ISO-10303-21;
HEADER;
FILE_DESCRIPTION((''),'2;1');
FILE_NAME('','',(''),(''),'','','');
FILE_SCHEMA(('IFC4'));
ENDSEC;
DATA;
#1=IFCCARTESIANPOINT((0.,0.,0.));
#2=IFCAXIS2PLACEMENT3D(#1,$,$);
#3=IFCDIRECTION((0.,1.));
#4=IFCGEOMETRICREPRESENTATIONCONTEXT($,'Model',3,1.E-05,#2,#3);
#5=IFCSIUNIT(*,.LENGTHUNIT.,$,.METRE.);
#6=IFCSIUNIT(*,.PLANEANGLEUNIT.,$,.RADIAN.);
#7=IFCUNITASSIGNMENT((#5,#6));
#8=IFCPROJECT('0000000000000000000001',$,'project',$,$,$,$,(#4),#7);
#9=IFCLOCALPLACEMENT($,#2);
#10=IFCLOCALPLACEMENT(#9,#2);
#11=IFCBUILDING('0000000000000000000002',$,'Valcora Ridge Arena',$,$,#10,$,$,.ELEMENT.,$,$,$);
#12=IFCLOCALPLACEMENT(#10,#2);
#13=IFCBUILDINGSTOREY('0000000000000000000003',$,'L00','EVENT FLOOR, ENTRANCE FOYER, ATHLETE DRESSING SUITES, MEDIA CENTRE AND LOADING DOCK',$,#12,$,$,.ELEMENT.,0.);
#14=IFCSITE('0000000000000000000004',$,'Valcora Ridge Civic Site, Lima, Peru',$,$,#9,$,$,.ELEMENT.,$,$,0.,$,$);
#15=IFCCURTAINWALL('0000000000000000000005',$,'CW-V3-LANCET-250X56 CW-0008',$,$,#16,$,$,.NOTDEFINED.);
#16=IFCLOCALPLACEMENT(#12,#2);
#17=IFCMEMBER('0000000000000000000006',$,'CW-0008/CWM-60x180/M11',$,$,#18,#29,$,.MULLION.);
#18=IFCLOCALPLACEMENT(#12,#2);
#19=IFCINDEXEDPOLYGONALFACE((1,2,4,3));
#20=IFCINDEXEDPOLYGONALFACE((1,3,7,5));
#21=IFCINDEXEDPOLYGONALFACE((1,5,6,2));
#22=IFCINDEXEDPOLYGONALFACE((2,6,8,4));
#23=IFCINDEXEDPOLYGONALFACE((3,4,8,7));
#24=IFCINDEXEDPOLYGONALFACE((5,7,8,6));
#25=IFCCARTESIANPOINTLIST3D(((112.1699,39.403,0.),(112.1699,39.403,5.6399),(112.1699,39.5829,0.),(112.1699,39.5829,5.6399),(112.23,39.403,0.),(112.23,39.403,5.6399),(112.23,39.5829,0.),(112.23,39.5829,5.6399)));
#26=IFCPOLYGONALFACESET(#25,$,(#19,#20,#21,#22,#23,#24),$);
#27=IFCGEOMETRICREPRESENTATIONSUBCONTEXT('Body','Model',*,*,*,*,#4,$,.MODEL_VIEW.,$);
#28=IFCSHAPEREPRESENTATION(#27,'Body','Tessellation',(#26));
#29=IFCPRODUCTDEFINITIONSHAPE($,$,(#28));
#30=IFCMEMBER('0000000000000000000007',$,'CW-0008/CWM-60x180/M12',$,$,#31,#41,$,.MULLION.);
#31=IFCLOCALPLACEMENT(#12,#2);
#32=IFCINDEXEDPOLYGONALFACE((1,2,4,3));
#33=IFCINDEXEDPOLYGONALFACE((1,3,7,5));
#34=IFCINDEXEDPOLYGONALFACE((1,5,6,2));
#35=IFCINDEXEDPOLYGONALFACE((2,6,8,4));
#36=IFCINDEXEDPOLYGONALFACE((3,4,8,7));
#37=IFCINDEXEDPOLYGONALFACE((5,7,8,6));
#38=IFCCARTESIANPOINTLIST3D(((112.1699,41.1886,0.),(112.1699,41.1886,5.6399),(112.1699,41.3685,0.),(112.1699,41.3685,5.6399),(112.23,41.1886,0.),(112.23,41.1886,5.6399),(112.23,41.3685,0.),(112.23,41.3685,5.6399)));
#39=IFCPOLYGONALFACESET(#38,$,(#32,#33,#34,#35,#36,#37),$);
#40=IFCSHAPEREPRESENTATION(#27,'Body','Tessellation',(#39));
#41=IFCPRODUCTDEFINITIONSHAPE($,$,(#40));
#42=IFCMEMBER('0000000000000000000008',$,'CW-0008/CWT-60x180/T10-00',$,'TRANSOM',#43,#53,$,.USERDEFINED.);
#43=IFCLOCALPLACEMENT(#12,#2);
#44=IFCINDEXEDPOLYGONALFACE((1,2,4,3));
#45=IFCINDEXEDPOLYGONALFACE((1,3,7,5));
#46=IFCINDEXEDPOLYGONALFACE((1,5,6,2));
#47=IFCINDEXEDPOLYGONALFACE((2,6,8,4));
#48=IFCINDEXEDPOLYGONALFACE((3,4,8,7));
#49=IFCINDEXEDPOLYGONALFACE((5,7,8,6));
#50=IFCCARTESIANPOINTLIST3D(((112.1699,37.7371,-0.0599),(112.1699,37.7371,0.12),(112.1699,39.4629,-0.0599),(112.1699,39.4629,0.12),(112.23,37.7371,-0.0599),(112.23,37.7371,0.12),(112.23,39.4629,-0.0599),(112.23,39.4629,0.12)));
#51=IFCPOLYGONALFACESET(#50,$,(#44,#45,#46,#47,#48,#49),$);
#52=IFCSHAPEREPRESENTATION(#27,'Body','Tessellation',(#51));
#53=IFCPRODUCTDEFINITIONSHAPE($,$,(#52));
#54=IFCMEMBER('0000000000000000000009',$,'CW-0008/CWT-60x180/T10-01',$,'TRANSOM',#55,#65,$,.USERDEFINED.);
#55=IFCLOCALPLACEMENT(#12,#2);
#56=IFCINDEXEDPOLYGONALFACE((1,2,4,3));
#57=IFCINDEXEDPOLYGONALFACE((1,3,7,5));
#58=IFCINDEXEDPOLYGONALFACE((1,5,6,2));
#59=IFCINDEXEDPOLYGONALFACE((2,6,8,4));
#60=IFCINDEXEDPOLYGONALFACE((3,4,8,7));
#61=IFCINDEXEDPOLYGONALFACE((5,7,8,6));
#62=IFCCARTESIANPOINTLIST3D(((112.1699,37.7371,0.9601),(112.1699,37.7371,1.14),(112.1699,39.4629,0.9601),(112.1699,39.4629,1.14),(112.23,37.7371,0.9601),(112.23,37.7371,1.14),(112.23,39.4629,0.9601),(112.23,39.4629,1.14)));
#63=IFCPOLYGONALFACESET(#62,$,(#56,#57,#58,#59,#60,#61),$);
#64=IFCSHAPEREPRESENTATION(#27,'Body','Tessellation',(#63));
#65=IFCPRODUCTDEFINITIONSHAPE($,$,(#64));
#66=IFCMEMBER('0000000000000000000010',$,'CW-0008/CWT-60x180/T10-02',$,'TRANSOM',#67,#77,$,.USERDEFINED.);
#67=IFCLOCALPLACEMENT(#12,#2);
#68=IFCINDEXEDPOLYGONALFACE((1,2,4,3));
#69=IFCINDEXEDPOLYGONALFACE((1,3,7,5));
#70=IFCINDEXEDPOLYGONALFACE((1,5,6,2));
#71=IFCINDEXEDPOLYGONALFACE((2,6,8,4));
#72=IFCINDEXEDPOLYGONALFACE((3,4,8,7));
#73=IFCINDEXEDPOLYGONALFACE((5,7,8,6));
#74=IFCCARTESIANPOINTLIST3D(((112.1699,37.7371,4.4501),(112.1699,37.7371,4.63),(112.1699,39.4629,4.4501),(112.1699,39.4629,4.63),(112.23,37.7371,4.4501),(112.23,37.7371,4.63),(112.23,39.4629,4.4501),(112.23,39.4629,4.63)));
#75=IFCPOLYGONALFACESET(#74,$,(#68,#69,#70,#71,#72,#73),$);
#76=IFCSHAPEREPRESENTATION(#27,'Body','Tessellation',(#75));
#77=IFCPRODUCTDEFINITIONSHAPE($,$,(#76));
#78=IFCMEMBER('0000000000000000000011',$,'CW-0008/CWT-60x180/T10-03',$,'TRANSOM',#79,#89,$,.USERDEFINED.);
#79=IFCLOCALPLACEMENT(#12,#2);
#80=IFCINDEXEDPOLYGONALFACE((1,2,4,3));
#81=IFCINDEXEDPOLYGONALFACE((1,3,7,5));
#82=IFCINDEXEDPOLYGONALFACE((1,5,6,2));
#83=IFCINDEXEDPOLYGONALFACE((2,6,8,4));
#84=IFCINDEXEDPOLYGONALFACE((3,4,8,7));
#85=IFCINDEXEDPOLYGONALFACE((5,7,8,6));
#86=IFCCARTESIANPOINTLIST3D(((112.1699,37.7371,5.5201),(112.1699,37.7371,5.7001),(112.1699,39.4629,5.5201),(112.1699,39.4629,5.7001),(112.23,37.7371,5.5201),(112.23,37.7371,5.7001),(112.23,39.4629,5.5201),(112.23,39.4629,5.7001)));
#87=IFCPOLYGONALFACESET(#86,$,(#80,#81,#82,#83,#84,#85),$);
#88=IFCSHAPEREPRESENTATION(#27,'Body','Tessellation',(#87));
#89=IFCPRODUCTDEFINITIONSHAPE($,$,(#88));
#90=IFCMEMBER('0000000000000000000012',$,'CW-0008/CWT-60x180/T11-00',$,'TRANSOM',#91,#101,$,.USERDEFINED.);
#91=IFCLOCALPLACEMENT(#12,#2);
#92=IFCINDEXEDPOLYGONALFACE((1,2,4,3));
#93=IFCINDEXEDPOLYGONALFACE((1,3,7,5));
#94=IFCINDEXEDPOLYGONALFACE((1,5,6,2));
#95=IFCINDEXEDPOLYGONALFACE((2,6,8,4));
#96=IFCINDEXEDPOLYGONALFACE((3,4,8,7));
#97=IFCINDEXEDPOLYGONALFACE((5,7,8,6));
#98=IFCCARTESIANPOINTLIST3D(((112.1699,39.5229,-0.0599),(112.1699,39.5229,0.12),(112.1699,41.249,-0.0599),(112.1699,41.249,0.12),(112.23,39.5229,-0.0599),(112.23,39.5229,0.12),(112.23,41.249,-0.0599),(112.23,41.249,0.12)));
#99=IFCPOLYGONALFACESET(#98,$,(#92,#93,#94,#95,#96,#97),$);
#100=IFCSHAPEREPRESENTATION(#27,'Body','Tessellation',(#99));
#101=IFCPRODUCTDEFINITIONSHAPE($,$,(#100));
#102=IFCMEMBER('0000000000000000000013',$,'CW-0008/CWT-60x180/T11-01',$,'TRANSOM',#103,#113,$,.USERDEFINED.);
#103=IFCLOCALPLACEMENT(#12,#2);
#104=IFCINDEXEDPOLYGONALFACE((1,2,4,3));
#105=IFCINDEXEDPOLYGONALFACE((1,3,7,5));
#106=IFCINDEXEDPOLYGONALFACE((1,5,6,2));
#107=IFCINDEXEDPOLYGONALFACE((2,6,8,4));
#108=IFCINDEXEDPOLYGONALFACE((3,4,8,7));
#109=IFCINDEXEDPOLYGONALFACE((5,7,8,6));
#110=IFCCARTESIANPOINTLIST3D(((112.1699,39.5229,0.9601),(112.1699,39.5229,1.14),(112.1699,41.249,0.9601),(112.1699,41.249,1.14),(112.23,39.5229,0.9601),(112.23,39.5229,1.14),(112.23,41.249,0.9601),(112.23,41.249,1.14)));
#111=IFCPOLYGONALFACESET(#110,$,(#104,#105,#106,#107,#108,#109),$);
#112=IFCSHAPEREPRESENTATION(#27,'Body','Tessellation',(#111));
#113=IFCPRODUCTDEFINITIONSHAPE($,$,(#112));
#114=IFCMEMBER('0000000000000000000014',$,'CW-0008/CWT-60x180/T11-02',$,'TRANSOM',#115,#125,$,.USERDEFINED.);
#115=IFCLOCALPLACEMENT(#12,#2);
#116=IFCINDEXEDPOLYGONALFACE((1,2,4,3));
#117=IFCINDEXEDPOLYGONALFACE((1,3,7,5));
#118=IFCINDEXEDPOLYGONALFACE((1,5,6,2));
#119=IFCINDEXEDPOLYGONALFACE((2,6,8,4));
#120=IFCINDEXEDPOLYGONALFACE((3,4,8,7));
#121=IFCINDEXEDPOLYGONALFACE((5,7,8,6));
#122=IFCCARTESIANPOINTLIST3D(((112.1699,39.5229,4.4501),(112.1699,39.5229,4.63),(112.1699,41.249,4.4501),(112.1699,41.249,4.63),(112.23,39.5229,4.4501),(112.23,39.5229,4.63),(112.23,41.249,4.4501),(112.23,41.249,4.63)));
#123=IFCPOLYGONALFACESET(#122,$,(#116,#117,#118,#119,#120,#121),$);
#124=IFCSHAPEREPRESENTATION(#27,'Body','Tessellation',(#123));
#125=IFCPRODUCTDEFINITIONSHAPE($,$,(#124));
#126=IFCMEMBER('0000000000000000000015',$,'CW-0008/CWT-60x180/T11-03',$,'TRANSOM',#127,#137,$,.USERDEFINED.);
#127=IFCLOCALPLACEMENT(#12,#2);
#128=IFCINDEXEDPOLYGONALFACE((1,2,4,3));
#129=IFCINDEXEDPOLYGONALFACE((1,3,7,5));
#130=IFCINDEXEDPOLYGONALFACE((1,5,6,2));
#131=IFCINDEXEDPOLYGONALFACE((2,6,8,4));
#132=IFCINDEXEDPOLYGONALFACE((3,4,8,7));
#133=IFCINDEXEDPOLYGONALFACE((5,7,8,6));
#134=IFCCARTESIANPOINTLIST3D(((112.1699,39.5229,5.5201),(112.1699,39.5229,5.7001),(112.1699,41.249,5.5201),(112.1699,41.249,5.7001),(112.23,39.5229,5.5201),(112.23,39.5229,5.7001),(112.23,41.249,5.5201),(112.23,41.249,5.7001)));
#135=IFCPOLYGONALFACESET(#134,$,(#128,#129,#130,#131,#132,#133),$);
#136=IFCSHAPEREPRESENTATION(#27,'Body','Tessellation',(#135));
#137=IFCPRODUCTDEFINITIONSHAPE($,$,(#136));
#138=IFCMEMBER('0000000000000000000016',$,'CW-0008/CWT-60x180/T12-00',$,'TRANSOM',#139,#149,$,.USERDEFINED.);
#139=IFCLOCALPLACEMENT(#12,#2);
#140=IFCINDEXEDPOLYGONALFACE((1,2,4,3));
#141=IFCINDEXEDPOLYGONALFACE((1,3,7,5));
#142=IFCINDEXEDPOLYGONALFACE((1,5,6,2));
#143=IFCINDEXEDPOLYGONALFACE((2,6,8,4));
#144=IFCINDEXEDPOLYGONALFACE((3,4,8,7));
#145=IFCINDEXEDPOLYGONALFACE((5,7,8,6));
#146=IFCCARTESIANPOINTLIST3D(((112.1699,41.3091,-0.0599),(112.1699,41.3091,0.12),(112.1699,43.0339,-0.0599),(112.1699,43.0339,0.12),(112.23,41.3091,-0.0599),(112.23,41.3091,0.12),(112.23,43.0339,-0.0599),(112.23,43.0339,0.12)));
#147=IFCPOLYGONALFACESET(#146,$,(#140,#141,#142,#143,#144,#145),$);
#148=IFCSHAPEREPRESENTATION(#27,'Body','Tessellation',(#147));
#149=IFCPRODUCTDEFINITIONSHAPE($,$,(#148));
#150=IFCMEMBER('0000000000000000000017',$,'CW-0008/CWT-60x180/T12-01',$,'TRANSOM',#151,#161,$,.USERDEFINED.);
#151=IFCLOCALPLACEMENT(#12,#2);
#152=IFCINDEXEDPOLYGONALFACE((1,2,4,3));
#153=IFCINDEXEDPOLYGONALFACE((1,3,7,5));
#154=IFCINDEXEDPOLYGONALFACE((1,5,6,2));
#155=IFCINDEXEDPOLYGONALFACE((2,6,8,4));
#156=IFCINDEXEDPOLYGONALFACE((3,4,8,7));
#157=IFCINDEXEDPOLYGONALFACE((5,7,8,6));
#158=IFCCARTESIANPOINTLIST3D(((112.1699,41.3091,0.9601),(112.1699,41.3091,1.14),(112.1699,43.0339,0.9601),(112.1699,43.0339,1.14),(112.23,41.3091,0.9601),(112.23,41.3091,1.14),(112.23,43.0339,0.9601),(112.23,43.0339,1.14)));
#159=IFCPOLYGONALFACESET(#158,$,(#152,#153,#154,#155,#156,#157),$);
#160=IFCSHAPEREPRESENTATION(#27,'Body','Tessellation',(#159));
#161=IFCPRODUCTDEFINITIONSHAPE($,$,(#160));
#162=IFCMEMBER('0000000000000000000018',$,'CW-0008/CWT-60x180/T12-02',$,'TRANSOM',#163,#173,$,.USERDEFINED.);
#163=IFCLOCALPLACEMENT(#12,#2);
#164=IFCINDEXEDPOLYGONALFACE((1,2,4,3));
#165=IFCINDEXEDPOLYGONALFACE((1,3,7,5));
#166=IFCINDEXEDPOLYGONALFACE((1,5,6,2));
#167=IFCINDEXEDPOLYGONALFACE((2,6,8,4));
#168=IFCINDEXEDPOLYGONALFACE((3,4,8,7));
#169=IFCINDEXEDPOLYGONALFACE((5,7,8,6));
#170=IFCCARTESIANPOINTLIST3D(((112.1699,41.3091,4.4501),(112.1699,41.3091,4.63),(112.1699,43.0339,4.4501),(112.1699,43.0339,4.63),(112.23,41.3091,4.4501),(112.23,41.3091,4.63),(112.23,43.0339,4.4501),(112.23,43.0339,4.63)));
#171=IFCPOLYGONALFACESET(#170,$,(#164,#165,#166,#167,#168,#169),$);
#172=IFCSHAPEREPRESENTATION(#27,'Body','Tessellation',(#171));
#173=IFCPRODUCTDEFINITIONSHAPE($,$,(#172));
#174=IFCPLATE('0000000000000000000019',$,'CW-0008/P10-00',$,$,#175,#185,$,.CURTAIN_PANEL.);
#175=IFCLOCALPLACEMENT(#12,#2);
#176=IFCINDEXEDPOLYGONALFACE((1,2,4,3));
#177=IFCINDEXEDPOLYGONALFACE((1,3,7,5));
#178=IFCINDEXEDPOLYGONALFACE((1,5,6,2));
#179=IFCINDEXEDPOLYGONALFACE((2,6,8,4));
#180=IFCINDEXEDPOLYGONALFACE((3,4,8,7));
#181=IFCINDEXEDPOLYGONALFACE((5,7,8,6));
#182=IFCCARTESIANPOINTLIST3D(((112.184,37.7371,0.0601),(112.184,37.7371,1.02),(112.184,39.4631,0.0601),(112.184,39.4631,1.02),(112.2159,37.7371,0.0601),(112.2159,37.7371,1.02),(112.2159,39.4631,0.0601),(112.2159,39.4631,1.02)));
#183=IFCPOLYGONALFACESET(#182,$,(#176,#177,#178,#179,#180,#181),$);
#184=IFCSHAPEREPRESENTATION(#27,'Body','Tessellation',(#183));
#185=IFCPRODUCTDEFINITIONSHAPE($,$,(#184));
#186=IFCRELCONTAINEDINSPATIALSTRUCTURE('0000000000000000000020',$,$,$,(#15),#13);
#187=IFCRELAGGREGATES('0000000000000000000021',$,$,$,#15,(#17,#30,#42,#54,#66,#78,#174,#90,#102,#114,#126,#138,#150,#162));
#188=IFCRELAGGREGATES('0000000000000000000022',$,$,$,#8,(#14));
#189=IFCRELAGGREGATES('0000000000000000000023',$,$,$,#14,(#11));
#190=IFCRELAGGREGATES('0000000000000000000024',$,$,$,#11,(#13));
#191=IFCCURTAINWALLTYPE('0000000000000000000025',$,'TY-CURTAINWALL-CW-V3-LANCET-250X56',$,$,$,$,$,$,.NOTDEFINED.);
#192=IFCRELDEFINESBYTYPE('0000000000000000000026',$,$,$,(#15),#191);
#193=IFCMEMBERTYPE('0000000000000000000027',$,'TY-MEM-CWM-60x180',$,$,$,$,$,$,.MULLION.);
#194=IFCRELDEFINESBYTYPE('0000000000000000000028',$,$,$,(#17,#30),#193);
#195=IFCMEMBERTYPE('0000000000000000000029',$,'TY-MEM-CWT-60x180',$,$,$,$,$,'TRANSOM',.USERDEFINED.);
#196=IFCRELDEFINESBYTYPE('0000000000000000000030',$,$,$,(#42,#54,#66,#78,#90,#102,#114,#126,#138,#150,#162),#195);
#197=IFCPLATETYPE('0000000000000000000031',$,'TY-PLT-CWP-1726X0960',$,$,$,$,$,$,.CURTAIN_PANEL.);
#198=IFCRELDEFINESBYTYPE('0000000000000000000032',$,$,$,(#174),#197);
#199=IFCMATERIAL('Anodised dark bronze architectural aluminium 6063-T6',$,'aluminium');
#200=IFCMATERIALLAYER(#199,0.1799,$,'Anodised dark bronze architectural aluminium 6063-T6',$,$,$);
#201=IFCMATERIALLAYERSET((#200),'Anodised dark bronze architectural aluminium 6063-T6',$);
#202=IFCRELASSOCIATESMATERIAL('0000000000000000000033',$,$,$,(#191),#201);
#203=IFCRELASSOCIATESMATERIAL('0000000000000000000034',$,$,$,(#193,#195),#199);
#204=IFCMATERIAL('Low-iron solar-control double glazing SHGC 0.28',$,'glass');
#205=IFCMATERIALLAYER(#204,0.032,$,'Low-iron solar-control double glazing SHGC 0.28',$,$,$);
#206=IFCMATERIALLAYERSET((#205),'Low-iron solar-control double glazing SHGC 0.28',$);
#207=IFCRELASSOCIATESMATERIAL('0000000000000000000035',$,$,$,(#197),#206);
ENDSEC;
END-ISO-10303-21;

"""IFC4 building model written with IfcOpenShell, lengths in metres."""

from ifc_helpers import new_model, si_unit, direction, frame, origin, origin_2d, place, context, subcontext, project, spatial, rectangle, extrude, material, layer, layer_set, material_profile, profile_set, type_object, element, aggregate, save


model = new_model("IFC4")

# Units and contexts
model_context = context("Model", 3, precision=1e-05, world=origin(), true_north=direction((0.0, 1.0)))
body_context = subcontext(model_context, "Body", "Model", "MODEL_VIEW")
ifc_project = project(units=[si_unit("LENGTHUNIT", "METRE"), si_unit("PLANEANGLEUNIT", "RADIAN")], contexts=[model_context])

# Site, building, storey
site_placement = place(None, origin())
site = spatial("IfcSite", under=ifc_project, at=site_placement, Name="Valcora Ridge Civic Site, Lima, Peru", CompositionType="ELEMENT", RefElevation=0.0)
building_placement = place(site_placement, origin())
building = spatial("IfcBuilding", under=site, at=building_placement, Name="Valcora Ridge Arena", CompositionType="ELEMENT")
storey_placement = place(building_placement, origin())
storey = spatial("IfcBuildingStorey", under=building, at=storey_placement, Name="L00", Description="EVENT FLOOR, ENTRANCE FOYER, ATHLETE DRESSING SUITES, MEDIA CENTRE AND LOADING DOCK", CompositionType="ELEMENT", Elevation=0.0)

# Curtain wall, members, plate
ifc_material_1 = material(Name="Anodised dark bronze architectural aluminium 6063-T6", Category="aluminium")
ifc_layer_1 = layer(ifc_material_1, 0.1799, Name="Anodised dark bronze architectural aluminium 6063-T6")
ifc_layer_set_1 = layer_set([ifc_layer_1], Name="Anodised dark bronze architectural aluminium 6063-T6")
curtain_wall_type = type_object("IfcCurtainWallType", Name="TY-CURTAINWALL-CW-V3-LANCET-250X56", PredefinedType="NOTDEFINED", material=ifc_layer_set_1)
curtain_wall_placement = place(storey_placement, origin())
curtain_wall = element("IfcCurtainWall", 1, at=curtain_wall_placement, inside=storey, type_object=curtain_wall_type, Name="CW-V3-LANCET-250X56 CW-0008", PredefinedType="NOTDEFINED")
ifc_material_profile_1 = material_profile(ifc_material_1, rectangle(XDim=0.0601, YDim=0.1799, at=origin_2d()), Name="ALU MULLION 60x180")
ifc_profile_set_1 = profile_set([ifc_material_profile_1], Name="Anodised dark bronze architectural aluminium 6063-T6")
member_type_1 = type_object("IfcMemberType", Name="TY-MEM-CWM-60x180", PredefinedType="MULLION", material=ifc_profile_set_1)
member_1_placement = place(storey_placement, frame((112.2, 39.4929, 0.0), z_axis=(0.0, 0.0, 1.0), x_axis=(-1.0, 0.0, 0.0)))
member_1 = element("IfcMember", 2, at=member_1_placement, type_object=member_type_1, Name="CW-0008/CWM-60x180/M11", PredefinedType="MULLION", context=body_context, shape_type="SweptSolid", body=[
    extrude(rectangle(XDim=0.0601, YDim=0.1799, at=origin_2d()), origin(), (0.0, 0.0, 1.0), 5.6399),
])
member_2_placement = place(storey_placement, frame((112.2, 41.2786, 0.0), z_axis=(0.0, 0.0, 1.0), x_axis=(-1.0, 0.0, 0.0)))
member_2 = element("IfcMember", 3, at=member_2_placement, type_object=member_type_1, Name="CW-0008/CWM-60x180/M12", PredefinedType="MULLION", context=body_context, shape_type="SweptSolid", body=[
    extrude(rectangle(XDim=0.0601, YDim=0.1799, at=origin_2d()), origin(), (0.0, 0.0, 1.0), 5.6399),
])
ifc_material_profile_2 = material_profile(ifc_material_1, rectangle(XDim=0.0601, YDim=0.1799, at=origin_2d()), Name="ALU TRANSOM 60x180")
ifc_profile_set_2 = profile_set([ifc_material_profile_2], Name="Anodised dark bronze architectural aluminium 6063-T6")
member_type_2 = type_object("IfcMemberType", Name="TY-MEM-CWT-60x180", ElementType="TRANSOM", PredefinedType="USERDEFINED", material=ifc_profile_set_2)
member_3_placement = place(storey_placement, frame((112.2, 37.7371, 0.03), z_axis=(0.0, 1.0, 0.0), x_axis=(-1.0, 0.0, 0.0)))
member_3 = element("IfcMember", 4, at=member_3_placement, type_object=member_type_2, Name="CW-0008/CWT-60x180/T10-00", ObjectType="TRANSOM", PredefinedType="USERDEFINED", context=body_context, shape_type="SweptSolid", body=[
    extrude(rectangle(XDim=0.0601, YDim=0.1799, at=origin_2d()), origin(), (0.0, 0.0, 1.0), 1.7258),
])
member_4_placement = place(storey_placement, frame((112.2, 37.7371, 1.05), z_axis=(0.0, 1.0, 0.0), x_axis=(-1.0, 0.0, 0.0)))
member_4 = element("IfcMember", 5, at=member_4_placement, type_object=member_type_2, Name="CW-0008/CWT-60x180/T10-01", ObjectType="TRANSOM", PredefinedType="USERDEFINED", context=body_context, shape_type="SweptSolid", body=[
    extrude(rectangle(XDim=0.0601, YDim=0.1799, at=origin_2d()), origin(), (0.0, 0.0, 1.0), 1.7258),
])
member_5_placement = place(storey_placement, frame((112.2, 37.7371, 4.54), z_axis=(0.0, 1.0, 0.0), x_axis=(-1.0, 0.0, 0.0)))
member_5 = element("IfcMember", 6, at=member_5_placement, type_object=member_type_2, Name="CW-0008/CWT-60x180/T10-02", ObjectType="TRANSOM", PredefinedType="USERDEFINED", context=body_context, shape_type="SweptSolid", body=[
    extrude(rectangle(XDim=0.0601, YDim=0.1799, at=origin_2d()), origin(), (0.0, 0.0, 1.0), 1.7258),
])
member_6_placement = place(storey_placement, frame((112.2, 37.7371, 5.6101), z_axis=(0.0, 1.0, 0.0), x_axis=(-1.0, 0.0, 0.0)))
member_6 = element("IfcMember", 7, at=member_6_placement, type_object=member_type_2, Name="CW-0008/CWT-60x180/T10-03", ObjectType="TRANSOM", PredefinedType="USERDEFINED", context=body_context, shape_type="SweptSolid", body=[
    extrude(rectangle(XDim=0.0601, YDim=0.1799, at=origin_2d()), origin(), (0.0, 0.0, 1.0), 1.7258),
])
member_7_placement = place(storey_placement, frame((112.2, 39.5229, 0.03), z_axis=(0.0, 1.0, 0.0), x_axis=(-1.0, 0.0, 0.0)))
member_7 = element("IfcMember", 8, at=member_7_placement, type_object=member_type_2, Name="CW-0008/CWT-60x180/T11-00", ObjectType="TRANSOM", PredefinedType="USERDEFINED", context=body_context, shape_type="SweptSolid", body=[
    extrude(rectangle(XDim=0.0601, YDim=0.1799, at=origin_2d()), origin(), (0.0, 0.0, 1.0), 1.7261),
])
member_8_placement = place(storey_placement, frame((112.2, 39.5229, 1.05), z_axis=(0.0, 1.0, 0.0), x_axis=(-1.0, 0.0, 0.0)))
member_8 = element("IfcMember", 9, at=member_8_placement, type_object=member_type_2, Name="CW-0008/CWT-60x180/T11-01", ObjectType="TRANSOM", PredefinedType="USERDEFINED", context=body_context, shape_type="SweptSolid", body=[
    extrude(rectangle(XDim=0.0601, YDim=0.1799, at=origin_2d()), origin(), (0.0, 0.0, 1.0), 1.7261),
])
member_9_placement = place(storey_placement, frame((112.2, 39.5229, 4.54), z_axis=(0.0, 1.0, 0.0), x_axis=(-1.0, 0.0, 0.0)))
member_9 = element("IfcMember", 10, at=member_9_placement, type_object=member_type_2, Name="CW-0008/CWT-60x180/T11-02", ObjectType="TRANSOM", PredefinedType="USERDEFINED", context=body_context, shape_type="SweptSolid", body=[
    extrude(rectangle(XDim=0.0601, YDim=0.1799, at=origin_2d()), origin(), (0.0, 0.0, 1.0), 1.7261),
])
member_10_placement = place(storey_placement, frame((112.2, 39.5229, 5.6101), z_axis=(0.0, 1.0, 0.0), x_axis=(-1.0, 0.0, 0.0)))
member_10 = element("IfcMember", 11, at=member_10_placement, type_object=member_type_2, Name="CW-0008/CWT-60x180/T11-03", ObjectType="TRANSOM", PredefinedType="USERDEFINED", context=body_context, shape_type="SweptSolid", body=[
    extrude(rectangle(XDim=0.0601, YDim=0.1799, at=origin_2d()), origin(), (0.0, 0.0, 1.0), 1.7261),
])
member_11_placement = place(storey_placement, frame((112.2, 41.3091, 0.03), z_axis=(0.0, 1.0, 0.0), x_axis=(-1.0, 0.0, 0.0)))
member_11 = element("IfcMember", 12, at=member_11_placement, type_object=member_type_2, Name="CW-0008/CWT-60x180/T12-00", ObjectType="TRANSOM", PredefinedType="USERDEFINED", context=body_context, shape_type="SweptSolid", body=[
    extrude(rectangle(XDim=0.0601, YDim=0.1799, at=origin_2d()), origin(), (0.0, 0.0, 1.0), 1.7249),
])
member_12_placement = place(storey_placement, frame((112.2, 41.3091, 1.05), z_axis=(0.0, 1.0, 0.0), x_axis=(-1.0, 0.0, 0.0)))
member_12 = element("IfcMember", 13, at=member_12_placement, type_object=member_type_2, Name="CW-0008/CWT-60x180/T12-01", ObjectType="TRANSOM", PredefinedType="USERDEFINED", context=body_context, shape_type="SweptSolid", body=[
    extrude(rectangle(XDim=0.0601, YDim=0.1799, at=origin_2d()), origin(), (0.0, 0.0, 1.0), 1.7249),
])
member_13_placement = place(storey_placement, frame((112.2, 41.3091, 4.54), z_axis=(0.0, 1.0, 0.0), x_axis=(-1.0, 0.0, 0.0)))
member_13 = element("IfcMember", 14, at=member_13_placement, type_object=member_type_2, Name="CW-0008/CWT-60x180/T12-02", ObjectType="TRANSOM", PredefinedType="USERDEFINED", context=body_context, shape_type="SweptSolid", body=[
    extrude(rectangle(XDim=0.0601, YDim=0.1799, at=origin_2d()), origin(), (0.0, 0.0, 1.0), 1.7249),
])
ifc_material_2 = material(Name="Low-iron solar-control double glazing SHGC 0.28", Category="glass")
ifc_layer_2 = layer(ifc_material_2, 0.032, Name="Low-iron solar-control double glazing SHGC 0.28")
ifc_layer_set_2 = layer_set([ifc_layer_2], Name="Low-iron solar-control double glazing SHGC 0.28")
plate_type_1 = type_object("IfcPlateType", Name="TY-PLT-CWP-1726X0960", PredefinedType="CURTAIN_PANEL", material=ifc_layer_set_2)
plate_1_placement = place(storey_placement, frame((112.2, 38.6001, 0.0601), z_axis=(0.0, 0.0, 1.0), x_axis=(0.0, 1.0, 0.0)))
plate_1 = element("IfcPlate", 15, at=plate_1_placement, type_object=plate_type_1, Name="CW-0008/P10-00", PredefinedType="CURTAIN_PANEL", context=body_context, shape_type="SweptSolid", body=[
    extrude(rectangle(XDim=1.7261, YDim=0.032, at=origin_2d()), origin(), (0.0, 0.0, 1.0), 0.96),
])
aggregate(curtain_wall, [member_1, member_2, member_3, member_4, member_5, member_6, plate_1, member_7, member_8, member_9, member_10, member_11, member_12, member_13])

save(model, "model.ifc")
